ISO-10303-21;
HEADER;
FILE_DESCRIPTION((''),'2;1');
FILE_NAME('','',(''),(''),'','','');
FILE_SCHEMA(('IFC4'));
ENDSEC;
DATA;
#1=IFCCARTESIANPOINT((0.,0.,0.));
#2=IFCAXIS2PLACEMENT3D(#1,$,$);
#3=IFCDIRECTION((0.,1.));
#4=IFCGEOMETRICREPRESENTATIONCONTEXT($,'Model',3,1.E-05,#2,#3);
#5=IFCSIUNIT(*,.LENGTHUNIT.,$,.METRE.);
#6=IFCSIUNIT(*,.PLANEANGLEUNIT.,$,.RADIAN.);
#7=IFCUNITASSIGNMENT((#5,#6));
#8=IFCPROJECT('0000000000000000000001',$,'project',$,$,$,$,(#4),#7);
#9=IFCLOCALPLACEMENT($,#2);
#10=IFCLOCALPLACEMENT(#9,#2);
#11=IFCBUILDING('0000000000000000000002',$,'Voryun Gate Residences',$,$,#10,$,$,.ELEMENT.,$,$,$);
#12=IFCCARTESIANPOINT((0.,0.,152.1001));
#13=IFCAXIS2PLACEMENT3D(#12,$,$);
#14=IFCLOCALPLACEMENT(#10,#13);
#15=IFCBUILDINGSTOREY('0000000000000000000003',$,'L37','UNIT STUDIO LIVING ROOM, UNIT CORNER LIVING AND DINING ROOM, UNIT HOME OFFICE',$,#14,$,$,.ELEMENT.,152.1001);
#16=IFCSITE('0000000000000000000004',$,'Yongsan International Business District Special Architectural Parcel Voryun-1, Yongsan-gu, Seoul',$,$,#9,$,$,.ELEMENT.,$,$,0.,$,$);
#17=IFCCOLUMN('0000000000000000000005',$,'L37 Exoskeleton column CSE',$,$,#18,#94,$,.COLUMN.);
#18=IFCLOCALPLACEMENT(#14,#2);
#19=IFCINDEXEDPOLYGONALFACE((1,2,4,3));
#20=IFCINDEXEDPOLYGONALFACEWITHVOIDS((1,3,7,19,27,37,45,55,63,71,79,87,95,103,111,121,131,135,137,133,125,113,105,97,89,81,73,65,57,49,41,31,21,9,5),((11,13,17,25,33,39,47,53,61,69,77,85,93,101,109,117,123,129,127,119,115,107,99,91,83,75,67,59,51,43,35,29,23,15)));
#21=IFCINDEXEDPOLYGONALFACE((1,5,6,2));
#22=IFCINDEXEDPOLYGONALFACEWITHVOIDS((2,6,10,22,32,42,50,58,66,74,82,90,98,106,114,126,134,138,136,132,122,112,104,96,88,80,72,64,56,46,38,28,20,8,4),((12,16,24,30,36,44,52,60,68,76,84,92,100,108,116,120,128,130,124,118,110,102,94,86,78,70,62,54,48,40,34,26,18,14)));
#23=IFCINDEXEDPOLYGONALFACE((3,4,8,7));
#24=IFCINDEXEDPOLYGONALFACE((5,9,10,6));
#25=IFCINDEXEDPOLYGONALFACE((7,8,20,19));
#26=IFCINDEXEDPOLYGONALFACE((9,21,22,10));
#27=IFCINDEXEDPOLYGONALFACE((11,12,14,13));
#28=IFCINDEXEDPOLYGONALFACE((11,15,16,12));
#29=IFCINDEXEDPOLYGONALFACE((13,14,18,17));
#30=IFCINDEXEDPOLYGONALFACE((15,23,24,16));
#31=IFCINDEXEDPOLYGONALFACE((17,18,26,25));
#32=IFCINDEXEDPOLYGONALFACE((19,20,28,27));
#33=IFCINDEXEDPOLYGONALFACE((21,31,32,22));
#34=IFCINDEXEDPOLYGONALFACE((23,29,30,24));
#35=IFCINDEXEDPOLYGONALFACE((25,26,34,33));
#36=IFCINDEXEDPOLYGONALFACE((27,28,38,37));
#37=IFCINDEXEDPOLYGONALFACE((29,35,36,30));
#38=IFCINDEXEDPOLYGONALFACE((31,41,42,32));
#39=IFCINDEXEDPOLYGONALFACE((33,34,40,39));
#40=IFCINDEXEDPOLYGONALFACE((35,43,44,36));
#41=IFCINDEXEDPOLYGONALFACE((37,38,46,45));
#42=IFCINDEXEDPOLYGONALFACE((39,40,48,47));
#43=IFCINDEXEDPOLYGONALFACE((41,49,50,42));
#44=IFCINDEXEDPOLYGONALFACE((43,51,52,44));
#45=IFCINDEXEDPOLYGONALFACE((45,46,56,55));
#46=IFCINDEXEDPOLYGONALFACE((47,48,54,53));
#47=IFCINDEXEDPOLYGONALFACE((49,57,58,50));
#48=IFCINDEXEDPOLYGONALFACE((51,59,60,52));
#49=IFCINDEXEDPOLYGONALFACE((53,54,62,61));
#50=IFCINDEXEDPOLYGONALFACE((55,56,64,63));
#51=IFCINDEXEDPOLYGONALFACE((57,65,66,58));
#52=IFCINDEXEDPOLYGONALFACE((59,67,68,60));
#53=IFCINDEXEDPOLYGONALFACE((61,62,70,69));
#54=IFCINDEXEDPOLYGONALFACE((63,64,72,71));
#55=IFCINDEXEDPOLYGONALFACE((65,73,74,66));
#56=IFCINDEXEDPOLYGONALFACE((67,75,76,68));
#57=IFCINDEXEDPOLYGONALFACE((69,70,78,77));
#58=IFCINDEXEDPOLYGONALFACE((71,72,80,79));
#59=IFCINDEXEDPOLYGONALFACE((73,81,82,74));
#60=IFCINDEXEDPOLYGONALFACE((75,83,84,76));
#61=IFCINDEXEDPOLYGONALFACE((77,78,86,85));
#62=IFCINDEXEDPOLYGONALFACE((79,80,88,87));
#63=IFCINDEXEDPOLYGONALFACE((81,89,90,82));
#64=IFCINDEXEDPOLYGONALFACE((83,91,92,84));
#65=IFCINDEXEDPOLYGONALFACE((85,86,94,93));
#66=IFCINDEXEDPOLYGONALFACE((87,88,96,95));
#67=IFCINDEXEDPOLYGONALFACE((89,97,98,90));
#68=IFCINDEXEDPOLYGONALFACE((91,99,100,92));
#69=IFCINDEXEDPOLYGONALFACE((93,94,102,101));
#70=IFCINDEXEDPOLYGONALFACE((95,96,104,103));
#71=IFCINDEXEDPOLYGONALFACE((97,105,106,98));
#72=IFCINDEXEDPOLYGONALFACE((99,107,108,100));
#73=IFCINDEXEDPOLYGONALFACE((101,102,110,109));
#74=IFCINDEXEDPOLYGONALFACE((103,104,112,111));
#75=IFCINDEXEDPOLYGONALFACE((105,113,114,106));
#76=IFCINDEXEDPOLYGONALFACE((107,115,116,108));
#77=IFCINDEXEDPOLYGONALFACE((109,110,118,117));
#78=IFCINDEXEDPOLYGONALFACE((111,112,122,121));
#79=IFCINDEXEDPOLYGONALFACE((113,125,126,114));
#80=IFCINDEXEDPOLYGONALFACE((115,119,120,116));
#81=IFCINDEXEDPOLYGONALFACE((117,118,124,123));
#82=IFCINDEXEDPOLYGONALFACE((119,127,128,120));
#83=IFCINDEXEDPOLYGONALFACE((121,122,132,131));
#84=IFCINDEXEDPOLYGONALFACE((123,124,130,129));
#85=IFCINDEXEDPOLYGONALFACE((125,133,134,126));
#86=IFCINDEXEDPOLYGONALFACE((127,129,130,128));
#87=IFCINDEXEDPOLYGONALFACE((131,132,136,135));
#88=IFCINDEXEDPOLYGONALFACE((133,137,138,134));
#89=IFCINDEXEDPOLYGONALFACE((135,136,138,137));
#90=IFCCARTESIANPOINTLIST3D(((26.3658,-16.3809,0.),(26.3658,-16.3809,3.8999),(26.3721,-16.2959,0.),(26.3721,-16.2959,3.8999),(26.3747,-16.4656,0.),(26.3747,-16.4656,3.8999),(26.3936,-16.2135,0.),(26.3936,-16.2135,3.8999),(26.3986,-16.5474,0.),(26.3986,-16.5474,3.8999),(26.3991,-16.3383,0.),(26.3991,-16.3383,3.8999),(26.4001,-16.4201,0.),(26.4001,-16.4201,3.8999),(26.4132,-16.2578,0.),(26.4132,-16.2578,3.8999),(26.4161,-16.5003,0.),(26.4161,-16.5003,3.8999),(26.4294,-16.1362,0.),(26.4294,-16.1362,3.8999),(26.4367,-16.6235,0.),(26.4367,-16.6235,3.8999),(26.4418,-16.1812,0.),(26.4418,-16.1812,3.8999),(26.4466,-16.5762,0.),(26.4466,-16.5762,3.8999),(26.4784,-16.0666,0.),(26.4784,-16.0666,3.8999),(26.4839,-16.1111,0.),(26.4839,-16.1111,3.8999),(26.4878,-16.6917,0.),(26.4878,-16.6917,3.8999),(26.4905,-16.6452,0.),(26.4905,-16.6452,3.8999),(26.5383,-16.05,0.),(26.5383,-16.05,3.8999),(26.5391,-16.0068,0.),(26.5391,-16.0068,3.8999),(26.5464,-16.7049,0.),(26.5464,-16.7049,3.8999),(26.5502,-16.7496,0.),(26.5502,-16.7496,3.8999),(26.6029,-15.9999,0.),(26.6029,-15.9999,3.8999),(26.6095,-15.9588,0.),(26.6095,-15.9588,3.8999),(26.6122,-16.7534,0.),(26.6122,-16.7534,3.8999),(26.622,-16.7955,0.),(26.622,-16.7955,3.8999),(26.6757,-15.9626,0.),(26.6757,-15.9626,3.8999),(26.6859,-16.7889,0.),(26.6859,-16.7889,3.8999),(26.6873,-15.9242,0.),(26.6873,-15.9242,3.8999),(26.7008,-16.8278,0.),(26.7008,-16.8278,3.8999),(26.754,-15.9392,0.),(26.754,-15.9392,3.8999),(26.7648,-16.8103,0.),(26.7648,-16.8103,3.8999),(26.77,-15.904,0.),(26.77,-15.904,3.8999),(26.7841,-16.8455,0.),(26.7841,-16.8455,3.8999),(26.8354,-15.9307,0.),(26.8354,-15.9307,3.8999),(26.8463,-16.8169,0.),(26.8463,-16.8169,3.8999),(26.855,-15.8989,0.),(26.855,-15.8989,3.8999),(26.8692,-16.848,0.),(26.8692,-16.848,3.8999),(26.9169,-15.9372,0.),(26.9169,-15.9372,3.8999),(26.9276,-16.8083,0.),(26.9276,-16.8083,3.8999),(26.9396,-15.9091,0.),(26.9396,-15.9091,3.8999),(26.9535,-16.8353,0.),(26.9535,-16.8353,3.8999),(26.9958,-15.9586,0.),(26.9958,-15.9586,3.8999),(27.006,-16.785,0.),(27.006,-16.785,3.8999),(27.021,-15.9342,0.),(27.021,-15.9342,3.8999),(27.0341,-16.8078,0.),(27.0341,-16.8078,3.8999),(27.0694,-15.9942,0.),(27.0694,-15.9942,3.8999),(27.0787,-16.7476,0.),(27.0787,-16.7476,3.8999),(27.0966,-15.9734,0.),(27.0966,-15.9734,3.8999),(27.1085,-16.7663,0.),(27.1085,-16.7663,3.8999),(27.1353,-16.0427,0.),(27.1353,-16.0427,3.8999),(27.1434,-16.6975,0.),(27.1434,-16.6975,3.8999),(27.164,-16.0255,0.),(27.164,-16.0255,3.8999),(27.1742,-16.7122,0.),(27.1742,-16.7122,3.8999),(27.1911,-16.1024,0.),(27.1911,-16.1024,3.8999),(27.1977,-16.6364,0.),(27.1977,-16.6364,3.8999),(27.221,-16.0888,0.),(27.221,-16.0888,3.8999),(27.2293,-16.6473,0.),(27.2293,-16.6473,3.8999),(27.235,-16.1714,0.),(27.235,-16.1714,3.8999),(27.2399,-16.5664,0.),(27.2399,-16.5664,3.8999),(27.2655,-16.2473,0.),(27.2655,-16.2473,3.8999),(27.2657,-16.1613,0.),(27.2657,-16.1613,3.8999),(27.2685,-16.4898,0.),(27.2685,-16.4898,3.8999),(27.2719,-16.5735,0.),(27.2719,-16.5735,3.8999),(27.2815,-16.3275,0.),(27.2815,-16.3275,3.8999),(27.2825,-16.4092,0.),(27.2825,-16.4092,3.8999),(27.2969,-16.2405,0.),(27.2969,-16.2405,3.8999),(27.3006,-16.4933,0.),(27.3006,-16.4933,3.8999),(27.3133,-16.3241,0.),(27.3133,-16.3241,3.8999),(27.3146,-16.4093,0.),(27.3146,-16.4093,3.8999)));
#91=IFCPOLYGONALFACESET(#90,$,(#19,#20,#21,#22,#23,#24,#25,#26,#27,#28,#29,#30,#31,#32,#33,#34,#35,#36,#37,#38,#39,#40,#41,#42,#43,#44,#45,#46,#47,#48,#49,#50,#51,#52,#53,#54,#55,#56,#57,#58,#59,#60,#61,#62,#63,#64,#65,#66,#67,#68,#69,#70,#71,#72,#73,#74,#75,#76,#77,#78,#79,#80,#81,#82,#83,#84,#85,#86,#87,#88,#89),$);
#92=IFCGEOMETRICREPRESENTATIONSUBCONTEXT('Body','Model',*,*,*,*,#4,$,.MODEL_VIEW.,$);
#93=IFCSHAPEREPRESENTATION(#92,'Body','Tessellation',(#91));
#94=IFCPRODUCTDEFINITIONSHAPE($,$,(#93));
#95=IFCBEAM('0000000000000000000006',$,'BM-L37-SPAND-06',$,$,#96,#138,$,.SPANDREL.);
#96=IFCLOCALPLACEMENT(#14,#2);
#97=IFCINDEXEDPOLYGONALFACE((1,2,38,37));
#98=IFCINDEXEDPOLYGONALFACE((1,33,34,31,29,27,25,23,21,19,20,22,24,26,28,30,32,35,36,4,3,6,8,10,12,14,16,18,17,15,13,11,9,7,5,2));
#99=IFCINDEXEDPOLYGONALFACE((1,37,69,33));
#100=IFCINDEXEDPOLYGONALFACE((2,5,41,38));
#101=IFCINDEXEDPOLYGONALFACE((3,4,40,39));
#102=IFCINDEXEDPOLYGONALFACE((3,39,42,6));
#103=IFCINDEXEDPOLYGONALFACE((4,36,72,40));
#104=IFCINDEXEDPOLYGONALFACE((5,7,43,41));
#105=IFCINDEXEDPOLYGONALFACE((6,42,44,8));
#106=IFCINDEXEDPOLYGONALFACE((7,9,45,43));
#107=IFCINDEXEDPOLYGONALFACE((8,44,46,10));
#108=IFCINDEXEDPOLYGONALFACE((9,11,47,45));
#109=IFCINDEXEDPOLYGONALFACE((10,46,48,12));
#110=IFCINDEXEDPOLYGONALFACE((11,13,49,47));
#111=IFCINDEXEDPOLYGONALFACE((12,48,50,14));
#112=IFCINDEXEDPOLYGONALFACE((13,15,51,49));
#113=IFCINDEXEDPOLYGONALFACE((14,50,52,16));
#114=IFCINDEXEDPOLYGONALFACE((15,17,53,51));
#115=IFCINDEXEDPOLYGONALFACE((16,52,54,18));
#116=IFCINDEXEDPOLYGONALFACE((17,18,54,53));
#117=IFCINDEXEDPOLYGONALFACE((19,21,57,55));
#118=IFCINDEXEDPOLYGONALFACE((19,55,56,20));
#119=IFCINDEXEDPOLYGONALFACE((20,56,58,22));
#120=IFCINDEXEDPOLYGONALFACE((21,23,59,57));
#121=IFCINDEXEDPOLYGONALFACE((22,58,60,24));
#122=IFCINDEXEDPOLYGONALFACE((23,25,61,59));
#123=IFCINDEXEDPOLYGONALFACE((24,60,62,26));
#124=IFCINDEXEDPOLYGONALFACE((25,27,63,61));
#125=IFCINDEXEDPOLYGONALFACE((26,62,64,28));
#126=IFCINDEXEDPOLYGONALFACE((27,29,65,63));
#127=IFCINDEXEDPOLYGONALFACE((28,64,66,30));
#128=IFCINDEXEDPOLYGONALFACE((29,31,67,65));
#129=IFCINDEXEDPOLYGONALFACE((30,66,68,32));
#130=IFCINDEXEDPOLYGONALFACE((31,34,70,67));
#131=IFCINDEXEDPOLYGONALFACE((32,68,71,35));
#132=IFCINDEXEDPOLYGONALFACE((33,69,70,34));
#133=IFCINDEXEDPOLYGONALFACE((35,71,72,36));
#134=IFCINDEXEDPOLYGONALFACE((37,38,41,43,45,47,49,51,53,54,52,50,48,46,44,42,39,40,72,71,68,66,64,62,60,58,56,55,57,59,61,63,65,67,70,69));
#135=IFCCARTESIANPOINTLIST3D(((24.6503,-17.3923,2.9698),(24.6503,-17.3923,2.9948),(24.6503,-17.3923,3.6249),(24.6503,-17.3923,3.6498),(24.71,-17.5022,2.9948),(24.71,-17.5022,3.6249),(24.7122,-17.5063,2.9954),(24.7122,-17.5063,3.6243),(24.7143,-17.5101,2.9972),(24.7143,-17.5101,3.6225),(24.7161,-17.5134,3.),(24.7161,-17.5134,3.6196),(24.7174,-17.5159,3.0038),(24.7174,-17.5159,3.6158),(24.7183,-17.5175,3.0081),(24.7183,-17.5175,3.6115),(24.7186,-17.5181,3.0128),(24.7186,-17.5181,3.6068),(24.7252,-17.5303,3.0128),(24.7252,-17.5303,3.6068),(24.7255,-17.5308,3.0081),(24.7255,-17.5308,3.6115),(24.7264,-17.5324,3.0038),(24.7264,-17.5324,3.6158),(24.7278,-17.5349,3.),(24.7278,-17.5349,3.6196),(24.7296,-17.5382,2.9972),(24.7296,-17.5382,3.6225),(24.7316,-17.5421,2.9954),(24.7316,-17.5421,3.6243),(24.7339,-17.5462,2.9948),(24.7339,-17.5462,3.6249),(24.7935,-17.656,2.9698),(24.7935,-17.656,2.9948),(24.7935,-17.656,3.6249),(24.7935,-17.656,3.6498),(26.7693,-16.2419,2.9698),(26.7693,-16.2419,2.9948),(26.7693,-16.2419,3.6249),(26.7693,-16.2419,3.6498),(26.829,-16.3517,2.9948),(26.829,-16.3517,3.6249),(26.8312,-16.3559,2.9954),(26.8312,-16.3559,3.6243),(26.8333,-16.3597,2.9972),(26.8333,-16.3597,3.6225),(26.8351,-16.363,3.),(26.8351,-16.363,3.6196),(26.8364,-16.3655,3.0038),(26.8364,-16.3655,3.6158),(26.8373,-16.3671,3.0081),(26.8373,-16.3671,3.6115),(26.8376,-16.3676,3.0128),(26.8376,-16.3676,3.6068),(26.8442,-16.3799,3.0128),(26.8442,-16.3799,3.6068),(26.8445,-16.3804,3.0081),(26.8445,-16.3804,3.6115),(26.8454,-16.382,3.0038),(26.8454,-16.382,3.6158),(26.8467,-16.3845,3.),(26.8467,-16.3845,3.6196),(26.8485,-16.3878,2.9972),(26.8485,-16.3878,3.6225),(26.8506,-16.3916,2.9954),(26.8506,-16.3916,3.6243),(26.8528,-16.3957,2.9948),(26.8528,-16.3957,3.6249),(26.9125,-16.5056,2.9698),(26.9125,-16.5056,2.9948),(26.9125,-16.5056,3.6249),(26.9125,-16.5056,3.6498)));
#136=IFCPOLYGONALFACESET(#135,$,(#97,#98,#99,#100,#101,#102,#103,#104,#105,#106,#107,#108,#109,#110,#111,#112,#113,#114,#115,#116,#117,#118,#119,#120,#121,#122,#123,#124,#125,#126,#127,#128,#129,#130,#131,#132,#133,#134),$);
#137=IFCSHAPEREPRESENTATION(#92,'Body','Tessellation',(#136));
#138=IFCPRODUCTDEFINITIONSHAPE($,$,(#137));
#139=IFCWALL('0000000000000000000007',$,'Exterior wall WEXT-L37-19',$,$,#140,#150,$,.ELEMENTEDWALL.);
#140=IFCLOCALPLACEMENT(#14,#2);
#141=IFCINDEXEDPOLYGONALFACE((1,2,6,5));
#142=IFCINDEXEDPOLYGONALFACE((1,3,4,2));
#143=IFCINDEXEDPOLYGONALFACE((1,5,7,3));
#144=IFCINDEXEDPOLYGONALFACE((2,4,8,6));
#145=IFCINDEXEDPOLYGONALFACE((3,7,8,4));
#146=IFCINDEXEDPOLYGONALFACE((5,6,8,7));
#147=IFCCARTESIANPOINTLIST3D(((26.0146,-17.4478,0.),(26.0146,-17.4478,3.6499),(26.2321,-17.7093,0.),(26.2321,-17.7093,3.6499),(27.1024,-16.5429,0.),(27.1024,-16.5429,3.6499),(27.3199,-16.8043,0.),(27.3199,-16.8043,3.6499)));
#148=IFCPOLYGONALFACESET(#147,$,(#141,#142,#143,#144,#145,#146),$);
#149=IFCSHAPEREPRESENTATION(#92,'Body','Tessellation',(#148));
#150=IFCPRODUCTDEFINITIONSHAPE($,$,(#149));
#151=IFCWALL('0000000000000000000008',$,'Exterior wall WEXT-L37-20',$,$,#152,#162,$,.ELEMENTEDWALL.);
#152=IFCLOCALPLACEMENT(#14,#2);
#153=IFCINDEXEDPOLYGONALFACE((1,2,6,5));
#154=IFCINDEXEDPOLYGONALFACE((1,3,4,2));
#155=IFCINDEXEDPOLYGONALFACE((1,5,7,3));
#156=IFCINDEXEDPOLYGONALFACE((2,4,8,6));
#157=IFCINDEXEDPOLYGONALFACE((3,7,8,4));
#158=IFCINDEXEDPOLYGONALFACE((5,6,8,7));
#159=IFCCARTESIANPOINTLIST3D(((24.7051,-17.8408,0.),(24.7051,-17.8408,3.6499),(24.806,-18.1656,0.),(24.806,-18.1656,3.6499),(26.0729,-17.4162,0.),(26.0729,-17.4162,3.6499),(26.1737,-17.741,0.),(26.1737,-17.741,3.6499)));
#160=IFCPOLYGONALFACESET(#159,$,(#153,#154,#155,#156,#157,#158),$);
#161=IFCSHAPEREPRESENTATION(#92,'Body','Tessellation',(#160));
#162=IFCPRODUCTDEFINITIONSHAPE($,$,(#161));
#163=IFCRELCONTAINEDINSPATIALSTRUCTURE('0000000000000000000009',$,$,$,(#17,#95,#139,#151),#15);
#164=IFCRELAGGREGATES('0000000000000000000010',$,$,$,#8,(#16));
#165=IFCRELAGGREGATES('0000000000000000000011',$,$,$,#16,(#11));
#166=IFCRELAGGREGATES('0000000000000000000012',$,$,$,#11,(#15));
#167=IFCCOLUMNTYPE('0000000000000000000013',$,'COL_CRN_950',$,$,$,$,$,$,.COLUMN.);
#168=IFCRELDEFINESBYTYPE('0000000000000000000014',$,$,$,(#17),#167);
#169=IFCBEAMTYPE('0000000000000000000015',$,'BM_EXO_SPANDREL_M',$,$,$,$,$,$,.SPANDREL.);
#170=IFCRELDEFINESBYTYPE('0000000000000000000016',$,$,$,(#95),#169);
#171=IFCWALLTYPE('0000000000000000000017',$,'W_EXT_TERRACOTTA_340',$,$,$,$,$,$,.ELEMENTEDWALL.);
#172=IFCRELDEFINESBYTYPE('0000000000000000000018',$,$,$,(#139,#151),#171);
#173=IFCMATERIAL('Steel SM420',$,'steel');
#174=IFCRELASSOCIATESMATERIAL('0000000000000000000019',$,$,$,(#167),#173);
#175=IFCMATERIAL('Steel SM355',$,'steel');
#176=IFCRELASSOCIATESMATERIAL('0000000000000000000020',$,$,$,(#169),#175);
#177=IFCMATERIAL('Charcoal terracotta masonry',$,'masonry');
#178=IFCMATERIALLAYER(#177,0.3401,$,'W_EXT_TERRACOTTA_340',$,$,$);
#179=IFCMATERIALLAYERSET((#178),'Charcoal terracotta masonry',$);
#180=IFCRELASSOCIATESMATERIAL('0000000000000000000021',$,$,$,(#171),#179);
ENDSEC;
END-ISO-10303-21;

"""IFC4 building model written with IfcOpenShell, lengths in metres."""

from ifc_helpers import new_model, si_unit, direction, frame, frame_2d, origin, origin_2d, place, context, subcontext, project, spatial, rectangle, hollow_circle, i_section, extrude, material, layer, layer_set, material_profile, profile_set, type_object, element, save


model = new_model("IFC4")

# Units and contexts
model_context = context("Model", 3, precision=1e-05, world=origin(), true_north=direction((0.0, 1.0)))
body_context = subcontext(model_context, "Body", "Model", "MODEL_VIEW")
ifc_project = project(units=[si_unit("LENGTHUNIT", "METRE"), si_unit("PLANEANGLEUNIT", "RADIAN")], contexts=[model_context])

# Site, building, storey
site_placement = place(None, origin())
site = spatial("IfcSite", under=ifc_project, at=site_placement, Name="Yongsan International Business District Special Architectural Parcel Voryun-1, Yongsan-gu, Seoul", CompositionType="ELEMENT", RefElevation=0.0)
building_placement = place(site_placement, origin())
building = spatial("IfcBuilding", under=site, at=building_placement, Name="Voryun Gate Residences", CompositionType="ELEMENT")
storey_placement = place(building_placement, frame((0.0, 0.0, 152.1001)))
storey = spatial("IfcBuildingStorey", under=building, at=storey_placement, Name="L37", Description="UNIT STUDIO LIVING ROOM, UNIT CORNER LIVING AND DINING ROOM, UNIT HOME OFFICE", CompositionType="ELEMENT", Elevation=152.1001)

# Column
ifc_material_1 = material(Name="Steel SM420", Category="steel")
ifc_material_profile_1 = material_profile(ifc_material_1, hollow_circle(Radius=0.4751, WallThickness=0.032, at=origin_2d()), Name="CHS-950x32")
ifc_profile_set_1 = profile_set([ifc_material_profile_1], Name="Steel SM420")
column_type = type_object("IfcColumnType", Name="COL_CRN_950", PredefinedType="COLUMN", material=ifc_profile_set_1)
column_placement = place(storey_placement, frame((26.8408, -16.3738, 0.0), z_axis=(0.0, 0.0, 1.0), x_axis=(0.994522, 0.104528, 0.0)))
element("IfcColumn", 1, at=column_placement, inside=storey, type_object=column_type, Name="L37 Exoskeleton column CSE", PredefinedType="COLUMN", context=body_context, shape_type="SweptSolid", body=[
    extrude(hollow_circle(Radius=0.4751, WallThickness=0.032, at=origin_2d()), origin(), (0.0, 0.0, 1.0), 3.8999),
])

# Beam
ifc_material_2 = material(Name="Steel SM355", Category="steel")
ifc_material_profile_2 = material_profile(ifc_material_2, i_section(OverallWidth=0.3, OverallDepth=0.6799, WebThickness=0.0139, FlangeThickness=0.0249, FilletRadius=0.0181, at=origin_2d()), Name="H-680x300x14x25")
ifc_profile_set_2 = profile_set([ifc_material_profile_2], Name="Steel SM355")
beam_type = type_object("IfcBeamType", Name="BM_EXO_SPANDREL_M", PredefinedType="SPANDREL", material=ifc_profile_set_2)
beam_placement = place(storey_placement, frame((24.7219, -17.5242, 3.3098), z_axis=(0.87883, 0.477134, 0.0), x_axis=(-0.477134, 0.87883, 0.0)))
element("IfcBeam", 2, at=beam_placement, inside=storey, type_object=beam_type, Name="BM-L37-SPAND-06", PredefinedType="SPANDREL", context=body_context, shape_type="SweptSolid", body=[
    extrude(i_section(OverallWidth=0.3, OverallDepth=0.6799, WebThickness=0.0139, FlangeThickness=0.0249, FilletRadius=0.0181, at=origin_2d()), origin(), (0.0, 0.0, 1.0), 2.4111),
])

# Shared definitions
ifc_material_3 = material(Name="Charcoal terracotta masonry", Category="masonry")
ifc_layer = layer(ifc_material_3, 0.3401, Name="W_EXT_TERRACOTTA_340")
ifc_layer_set = layer_set([ifc_layer], Name="Charcoal terracotta masonry")
wall_type = type_object("IfcWallType", Name="W_EXT_TERRACOTTA_340", PredefinedType="ELEMENTEDWALL", material=ifc_layer_set)

# Walls
wall_1_placement = place(storey_placement, frame((27.2112, -16.6736, 0.0), z_axis=(0.0, 0.0, 1.0), x_axis=(-0.768758, -0.639539, 0.0)))
element("IfcWall", 3, at=wall_1_placement, inside=storey, type_object=wall_type, Name="Exterior wall WEXT-L37-19", PredefinedType="ELEMENTEDWALL", context=body_context, shape_type="SweptSolid", body=[
    extrude(rectangle(XDim=1.415, YDim=0.3401, at=frame_2d((0.7075, 0.0))), origin(), (0.0, 0.0, 1.0), 3.6499),
])
wall_2_placement = place(storey_placement, frame((26.1233, -17.5786, 0.0), z_axis=(0.0, 0.0, 1.0), x_axis=(-0.955043, -0.296469, 0.0)))
element("IfcWall", 4, at=wall_2_placement, inside=storey, type_object=wall_type, Name="Exterior wall WEXT-L37-20", PredefinedType="ELEMENTEDWALL", context=body_context, shape_type="SweptSolid", body=[
    extrude(rectangle(XDim=1.4321, YDim=0.3401, at=frame_2d((0.7161, 0.0))), origin(), (0.0, 0.0, 1.0), 3.6499),
])

save(model, "model.ifc")
